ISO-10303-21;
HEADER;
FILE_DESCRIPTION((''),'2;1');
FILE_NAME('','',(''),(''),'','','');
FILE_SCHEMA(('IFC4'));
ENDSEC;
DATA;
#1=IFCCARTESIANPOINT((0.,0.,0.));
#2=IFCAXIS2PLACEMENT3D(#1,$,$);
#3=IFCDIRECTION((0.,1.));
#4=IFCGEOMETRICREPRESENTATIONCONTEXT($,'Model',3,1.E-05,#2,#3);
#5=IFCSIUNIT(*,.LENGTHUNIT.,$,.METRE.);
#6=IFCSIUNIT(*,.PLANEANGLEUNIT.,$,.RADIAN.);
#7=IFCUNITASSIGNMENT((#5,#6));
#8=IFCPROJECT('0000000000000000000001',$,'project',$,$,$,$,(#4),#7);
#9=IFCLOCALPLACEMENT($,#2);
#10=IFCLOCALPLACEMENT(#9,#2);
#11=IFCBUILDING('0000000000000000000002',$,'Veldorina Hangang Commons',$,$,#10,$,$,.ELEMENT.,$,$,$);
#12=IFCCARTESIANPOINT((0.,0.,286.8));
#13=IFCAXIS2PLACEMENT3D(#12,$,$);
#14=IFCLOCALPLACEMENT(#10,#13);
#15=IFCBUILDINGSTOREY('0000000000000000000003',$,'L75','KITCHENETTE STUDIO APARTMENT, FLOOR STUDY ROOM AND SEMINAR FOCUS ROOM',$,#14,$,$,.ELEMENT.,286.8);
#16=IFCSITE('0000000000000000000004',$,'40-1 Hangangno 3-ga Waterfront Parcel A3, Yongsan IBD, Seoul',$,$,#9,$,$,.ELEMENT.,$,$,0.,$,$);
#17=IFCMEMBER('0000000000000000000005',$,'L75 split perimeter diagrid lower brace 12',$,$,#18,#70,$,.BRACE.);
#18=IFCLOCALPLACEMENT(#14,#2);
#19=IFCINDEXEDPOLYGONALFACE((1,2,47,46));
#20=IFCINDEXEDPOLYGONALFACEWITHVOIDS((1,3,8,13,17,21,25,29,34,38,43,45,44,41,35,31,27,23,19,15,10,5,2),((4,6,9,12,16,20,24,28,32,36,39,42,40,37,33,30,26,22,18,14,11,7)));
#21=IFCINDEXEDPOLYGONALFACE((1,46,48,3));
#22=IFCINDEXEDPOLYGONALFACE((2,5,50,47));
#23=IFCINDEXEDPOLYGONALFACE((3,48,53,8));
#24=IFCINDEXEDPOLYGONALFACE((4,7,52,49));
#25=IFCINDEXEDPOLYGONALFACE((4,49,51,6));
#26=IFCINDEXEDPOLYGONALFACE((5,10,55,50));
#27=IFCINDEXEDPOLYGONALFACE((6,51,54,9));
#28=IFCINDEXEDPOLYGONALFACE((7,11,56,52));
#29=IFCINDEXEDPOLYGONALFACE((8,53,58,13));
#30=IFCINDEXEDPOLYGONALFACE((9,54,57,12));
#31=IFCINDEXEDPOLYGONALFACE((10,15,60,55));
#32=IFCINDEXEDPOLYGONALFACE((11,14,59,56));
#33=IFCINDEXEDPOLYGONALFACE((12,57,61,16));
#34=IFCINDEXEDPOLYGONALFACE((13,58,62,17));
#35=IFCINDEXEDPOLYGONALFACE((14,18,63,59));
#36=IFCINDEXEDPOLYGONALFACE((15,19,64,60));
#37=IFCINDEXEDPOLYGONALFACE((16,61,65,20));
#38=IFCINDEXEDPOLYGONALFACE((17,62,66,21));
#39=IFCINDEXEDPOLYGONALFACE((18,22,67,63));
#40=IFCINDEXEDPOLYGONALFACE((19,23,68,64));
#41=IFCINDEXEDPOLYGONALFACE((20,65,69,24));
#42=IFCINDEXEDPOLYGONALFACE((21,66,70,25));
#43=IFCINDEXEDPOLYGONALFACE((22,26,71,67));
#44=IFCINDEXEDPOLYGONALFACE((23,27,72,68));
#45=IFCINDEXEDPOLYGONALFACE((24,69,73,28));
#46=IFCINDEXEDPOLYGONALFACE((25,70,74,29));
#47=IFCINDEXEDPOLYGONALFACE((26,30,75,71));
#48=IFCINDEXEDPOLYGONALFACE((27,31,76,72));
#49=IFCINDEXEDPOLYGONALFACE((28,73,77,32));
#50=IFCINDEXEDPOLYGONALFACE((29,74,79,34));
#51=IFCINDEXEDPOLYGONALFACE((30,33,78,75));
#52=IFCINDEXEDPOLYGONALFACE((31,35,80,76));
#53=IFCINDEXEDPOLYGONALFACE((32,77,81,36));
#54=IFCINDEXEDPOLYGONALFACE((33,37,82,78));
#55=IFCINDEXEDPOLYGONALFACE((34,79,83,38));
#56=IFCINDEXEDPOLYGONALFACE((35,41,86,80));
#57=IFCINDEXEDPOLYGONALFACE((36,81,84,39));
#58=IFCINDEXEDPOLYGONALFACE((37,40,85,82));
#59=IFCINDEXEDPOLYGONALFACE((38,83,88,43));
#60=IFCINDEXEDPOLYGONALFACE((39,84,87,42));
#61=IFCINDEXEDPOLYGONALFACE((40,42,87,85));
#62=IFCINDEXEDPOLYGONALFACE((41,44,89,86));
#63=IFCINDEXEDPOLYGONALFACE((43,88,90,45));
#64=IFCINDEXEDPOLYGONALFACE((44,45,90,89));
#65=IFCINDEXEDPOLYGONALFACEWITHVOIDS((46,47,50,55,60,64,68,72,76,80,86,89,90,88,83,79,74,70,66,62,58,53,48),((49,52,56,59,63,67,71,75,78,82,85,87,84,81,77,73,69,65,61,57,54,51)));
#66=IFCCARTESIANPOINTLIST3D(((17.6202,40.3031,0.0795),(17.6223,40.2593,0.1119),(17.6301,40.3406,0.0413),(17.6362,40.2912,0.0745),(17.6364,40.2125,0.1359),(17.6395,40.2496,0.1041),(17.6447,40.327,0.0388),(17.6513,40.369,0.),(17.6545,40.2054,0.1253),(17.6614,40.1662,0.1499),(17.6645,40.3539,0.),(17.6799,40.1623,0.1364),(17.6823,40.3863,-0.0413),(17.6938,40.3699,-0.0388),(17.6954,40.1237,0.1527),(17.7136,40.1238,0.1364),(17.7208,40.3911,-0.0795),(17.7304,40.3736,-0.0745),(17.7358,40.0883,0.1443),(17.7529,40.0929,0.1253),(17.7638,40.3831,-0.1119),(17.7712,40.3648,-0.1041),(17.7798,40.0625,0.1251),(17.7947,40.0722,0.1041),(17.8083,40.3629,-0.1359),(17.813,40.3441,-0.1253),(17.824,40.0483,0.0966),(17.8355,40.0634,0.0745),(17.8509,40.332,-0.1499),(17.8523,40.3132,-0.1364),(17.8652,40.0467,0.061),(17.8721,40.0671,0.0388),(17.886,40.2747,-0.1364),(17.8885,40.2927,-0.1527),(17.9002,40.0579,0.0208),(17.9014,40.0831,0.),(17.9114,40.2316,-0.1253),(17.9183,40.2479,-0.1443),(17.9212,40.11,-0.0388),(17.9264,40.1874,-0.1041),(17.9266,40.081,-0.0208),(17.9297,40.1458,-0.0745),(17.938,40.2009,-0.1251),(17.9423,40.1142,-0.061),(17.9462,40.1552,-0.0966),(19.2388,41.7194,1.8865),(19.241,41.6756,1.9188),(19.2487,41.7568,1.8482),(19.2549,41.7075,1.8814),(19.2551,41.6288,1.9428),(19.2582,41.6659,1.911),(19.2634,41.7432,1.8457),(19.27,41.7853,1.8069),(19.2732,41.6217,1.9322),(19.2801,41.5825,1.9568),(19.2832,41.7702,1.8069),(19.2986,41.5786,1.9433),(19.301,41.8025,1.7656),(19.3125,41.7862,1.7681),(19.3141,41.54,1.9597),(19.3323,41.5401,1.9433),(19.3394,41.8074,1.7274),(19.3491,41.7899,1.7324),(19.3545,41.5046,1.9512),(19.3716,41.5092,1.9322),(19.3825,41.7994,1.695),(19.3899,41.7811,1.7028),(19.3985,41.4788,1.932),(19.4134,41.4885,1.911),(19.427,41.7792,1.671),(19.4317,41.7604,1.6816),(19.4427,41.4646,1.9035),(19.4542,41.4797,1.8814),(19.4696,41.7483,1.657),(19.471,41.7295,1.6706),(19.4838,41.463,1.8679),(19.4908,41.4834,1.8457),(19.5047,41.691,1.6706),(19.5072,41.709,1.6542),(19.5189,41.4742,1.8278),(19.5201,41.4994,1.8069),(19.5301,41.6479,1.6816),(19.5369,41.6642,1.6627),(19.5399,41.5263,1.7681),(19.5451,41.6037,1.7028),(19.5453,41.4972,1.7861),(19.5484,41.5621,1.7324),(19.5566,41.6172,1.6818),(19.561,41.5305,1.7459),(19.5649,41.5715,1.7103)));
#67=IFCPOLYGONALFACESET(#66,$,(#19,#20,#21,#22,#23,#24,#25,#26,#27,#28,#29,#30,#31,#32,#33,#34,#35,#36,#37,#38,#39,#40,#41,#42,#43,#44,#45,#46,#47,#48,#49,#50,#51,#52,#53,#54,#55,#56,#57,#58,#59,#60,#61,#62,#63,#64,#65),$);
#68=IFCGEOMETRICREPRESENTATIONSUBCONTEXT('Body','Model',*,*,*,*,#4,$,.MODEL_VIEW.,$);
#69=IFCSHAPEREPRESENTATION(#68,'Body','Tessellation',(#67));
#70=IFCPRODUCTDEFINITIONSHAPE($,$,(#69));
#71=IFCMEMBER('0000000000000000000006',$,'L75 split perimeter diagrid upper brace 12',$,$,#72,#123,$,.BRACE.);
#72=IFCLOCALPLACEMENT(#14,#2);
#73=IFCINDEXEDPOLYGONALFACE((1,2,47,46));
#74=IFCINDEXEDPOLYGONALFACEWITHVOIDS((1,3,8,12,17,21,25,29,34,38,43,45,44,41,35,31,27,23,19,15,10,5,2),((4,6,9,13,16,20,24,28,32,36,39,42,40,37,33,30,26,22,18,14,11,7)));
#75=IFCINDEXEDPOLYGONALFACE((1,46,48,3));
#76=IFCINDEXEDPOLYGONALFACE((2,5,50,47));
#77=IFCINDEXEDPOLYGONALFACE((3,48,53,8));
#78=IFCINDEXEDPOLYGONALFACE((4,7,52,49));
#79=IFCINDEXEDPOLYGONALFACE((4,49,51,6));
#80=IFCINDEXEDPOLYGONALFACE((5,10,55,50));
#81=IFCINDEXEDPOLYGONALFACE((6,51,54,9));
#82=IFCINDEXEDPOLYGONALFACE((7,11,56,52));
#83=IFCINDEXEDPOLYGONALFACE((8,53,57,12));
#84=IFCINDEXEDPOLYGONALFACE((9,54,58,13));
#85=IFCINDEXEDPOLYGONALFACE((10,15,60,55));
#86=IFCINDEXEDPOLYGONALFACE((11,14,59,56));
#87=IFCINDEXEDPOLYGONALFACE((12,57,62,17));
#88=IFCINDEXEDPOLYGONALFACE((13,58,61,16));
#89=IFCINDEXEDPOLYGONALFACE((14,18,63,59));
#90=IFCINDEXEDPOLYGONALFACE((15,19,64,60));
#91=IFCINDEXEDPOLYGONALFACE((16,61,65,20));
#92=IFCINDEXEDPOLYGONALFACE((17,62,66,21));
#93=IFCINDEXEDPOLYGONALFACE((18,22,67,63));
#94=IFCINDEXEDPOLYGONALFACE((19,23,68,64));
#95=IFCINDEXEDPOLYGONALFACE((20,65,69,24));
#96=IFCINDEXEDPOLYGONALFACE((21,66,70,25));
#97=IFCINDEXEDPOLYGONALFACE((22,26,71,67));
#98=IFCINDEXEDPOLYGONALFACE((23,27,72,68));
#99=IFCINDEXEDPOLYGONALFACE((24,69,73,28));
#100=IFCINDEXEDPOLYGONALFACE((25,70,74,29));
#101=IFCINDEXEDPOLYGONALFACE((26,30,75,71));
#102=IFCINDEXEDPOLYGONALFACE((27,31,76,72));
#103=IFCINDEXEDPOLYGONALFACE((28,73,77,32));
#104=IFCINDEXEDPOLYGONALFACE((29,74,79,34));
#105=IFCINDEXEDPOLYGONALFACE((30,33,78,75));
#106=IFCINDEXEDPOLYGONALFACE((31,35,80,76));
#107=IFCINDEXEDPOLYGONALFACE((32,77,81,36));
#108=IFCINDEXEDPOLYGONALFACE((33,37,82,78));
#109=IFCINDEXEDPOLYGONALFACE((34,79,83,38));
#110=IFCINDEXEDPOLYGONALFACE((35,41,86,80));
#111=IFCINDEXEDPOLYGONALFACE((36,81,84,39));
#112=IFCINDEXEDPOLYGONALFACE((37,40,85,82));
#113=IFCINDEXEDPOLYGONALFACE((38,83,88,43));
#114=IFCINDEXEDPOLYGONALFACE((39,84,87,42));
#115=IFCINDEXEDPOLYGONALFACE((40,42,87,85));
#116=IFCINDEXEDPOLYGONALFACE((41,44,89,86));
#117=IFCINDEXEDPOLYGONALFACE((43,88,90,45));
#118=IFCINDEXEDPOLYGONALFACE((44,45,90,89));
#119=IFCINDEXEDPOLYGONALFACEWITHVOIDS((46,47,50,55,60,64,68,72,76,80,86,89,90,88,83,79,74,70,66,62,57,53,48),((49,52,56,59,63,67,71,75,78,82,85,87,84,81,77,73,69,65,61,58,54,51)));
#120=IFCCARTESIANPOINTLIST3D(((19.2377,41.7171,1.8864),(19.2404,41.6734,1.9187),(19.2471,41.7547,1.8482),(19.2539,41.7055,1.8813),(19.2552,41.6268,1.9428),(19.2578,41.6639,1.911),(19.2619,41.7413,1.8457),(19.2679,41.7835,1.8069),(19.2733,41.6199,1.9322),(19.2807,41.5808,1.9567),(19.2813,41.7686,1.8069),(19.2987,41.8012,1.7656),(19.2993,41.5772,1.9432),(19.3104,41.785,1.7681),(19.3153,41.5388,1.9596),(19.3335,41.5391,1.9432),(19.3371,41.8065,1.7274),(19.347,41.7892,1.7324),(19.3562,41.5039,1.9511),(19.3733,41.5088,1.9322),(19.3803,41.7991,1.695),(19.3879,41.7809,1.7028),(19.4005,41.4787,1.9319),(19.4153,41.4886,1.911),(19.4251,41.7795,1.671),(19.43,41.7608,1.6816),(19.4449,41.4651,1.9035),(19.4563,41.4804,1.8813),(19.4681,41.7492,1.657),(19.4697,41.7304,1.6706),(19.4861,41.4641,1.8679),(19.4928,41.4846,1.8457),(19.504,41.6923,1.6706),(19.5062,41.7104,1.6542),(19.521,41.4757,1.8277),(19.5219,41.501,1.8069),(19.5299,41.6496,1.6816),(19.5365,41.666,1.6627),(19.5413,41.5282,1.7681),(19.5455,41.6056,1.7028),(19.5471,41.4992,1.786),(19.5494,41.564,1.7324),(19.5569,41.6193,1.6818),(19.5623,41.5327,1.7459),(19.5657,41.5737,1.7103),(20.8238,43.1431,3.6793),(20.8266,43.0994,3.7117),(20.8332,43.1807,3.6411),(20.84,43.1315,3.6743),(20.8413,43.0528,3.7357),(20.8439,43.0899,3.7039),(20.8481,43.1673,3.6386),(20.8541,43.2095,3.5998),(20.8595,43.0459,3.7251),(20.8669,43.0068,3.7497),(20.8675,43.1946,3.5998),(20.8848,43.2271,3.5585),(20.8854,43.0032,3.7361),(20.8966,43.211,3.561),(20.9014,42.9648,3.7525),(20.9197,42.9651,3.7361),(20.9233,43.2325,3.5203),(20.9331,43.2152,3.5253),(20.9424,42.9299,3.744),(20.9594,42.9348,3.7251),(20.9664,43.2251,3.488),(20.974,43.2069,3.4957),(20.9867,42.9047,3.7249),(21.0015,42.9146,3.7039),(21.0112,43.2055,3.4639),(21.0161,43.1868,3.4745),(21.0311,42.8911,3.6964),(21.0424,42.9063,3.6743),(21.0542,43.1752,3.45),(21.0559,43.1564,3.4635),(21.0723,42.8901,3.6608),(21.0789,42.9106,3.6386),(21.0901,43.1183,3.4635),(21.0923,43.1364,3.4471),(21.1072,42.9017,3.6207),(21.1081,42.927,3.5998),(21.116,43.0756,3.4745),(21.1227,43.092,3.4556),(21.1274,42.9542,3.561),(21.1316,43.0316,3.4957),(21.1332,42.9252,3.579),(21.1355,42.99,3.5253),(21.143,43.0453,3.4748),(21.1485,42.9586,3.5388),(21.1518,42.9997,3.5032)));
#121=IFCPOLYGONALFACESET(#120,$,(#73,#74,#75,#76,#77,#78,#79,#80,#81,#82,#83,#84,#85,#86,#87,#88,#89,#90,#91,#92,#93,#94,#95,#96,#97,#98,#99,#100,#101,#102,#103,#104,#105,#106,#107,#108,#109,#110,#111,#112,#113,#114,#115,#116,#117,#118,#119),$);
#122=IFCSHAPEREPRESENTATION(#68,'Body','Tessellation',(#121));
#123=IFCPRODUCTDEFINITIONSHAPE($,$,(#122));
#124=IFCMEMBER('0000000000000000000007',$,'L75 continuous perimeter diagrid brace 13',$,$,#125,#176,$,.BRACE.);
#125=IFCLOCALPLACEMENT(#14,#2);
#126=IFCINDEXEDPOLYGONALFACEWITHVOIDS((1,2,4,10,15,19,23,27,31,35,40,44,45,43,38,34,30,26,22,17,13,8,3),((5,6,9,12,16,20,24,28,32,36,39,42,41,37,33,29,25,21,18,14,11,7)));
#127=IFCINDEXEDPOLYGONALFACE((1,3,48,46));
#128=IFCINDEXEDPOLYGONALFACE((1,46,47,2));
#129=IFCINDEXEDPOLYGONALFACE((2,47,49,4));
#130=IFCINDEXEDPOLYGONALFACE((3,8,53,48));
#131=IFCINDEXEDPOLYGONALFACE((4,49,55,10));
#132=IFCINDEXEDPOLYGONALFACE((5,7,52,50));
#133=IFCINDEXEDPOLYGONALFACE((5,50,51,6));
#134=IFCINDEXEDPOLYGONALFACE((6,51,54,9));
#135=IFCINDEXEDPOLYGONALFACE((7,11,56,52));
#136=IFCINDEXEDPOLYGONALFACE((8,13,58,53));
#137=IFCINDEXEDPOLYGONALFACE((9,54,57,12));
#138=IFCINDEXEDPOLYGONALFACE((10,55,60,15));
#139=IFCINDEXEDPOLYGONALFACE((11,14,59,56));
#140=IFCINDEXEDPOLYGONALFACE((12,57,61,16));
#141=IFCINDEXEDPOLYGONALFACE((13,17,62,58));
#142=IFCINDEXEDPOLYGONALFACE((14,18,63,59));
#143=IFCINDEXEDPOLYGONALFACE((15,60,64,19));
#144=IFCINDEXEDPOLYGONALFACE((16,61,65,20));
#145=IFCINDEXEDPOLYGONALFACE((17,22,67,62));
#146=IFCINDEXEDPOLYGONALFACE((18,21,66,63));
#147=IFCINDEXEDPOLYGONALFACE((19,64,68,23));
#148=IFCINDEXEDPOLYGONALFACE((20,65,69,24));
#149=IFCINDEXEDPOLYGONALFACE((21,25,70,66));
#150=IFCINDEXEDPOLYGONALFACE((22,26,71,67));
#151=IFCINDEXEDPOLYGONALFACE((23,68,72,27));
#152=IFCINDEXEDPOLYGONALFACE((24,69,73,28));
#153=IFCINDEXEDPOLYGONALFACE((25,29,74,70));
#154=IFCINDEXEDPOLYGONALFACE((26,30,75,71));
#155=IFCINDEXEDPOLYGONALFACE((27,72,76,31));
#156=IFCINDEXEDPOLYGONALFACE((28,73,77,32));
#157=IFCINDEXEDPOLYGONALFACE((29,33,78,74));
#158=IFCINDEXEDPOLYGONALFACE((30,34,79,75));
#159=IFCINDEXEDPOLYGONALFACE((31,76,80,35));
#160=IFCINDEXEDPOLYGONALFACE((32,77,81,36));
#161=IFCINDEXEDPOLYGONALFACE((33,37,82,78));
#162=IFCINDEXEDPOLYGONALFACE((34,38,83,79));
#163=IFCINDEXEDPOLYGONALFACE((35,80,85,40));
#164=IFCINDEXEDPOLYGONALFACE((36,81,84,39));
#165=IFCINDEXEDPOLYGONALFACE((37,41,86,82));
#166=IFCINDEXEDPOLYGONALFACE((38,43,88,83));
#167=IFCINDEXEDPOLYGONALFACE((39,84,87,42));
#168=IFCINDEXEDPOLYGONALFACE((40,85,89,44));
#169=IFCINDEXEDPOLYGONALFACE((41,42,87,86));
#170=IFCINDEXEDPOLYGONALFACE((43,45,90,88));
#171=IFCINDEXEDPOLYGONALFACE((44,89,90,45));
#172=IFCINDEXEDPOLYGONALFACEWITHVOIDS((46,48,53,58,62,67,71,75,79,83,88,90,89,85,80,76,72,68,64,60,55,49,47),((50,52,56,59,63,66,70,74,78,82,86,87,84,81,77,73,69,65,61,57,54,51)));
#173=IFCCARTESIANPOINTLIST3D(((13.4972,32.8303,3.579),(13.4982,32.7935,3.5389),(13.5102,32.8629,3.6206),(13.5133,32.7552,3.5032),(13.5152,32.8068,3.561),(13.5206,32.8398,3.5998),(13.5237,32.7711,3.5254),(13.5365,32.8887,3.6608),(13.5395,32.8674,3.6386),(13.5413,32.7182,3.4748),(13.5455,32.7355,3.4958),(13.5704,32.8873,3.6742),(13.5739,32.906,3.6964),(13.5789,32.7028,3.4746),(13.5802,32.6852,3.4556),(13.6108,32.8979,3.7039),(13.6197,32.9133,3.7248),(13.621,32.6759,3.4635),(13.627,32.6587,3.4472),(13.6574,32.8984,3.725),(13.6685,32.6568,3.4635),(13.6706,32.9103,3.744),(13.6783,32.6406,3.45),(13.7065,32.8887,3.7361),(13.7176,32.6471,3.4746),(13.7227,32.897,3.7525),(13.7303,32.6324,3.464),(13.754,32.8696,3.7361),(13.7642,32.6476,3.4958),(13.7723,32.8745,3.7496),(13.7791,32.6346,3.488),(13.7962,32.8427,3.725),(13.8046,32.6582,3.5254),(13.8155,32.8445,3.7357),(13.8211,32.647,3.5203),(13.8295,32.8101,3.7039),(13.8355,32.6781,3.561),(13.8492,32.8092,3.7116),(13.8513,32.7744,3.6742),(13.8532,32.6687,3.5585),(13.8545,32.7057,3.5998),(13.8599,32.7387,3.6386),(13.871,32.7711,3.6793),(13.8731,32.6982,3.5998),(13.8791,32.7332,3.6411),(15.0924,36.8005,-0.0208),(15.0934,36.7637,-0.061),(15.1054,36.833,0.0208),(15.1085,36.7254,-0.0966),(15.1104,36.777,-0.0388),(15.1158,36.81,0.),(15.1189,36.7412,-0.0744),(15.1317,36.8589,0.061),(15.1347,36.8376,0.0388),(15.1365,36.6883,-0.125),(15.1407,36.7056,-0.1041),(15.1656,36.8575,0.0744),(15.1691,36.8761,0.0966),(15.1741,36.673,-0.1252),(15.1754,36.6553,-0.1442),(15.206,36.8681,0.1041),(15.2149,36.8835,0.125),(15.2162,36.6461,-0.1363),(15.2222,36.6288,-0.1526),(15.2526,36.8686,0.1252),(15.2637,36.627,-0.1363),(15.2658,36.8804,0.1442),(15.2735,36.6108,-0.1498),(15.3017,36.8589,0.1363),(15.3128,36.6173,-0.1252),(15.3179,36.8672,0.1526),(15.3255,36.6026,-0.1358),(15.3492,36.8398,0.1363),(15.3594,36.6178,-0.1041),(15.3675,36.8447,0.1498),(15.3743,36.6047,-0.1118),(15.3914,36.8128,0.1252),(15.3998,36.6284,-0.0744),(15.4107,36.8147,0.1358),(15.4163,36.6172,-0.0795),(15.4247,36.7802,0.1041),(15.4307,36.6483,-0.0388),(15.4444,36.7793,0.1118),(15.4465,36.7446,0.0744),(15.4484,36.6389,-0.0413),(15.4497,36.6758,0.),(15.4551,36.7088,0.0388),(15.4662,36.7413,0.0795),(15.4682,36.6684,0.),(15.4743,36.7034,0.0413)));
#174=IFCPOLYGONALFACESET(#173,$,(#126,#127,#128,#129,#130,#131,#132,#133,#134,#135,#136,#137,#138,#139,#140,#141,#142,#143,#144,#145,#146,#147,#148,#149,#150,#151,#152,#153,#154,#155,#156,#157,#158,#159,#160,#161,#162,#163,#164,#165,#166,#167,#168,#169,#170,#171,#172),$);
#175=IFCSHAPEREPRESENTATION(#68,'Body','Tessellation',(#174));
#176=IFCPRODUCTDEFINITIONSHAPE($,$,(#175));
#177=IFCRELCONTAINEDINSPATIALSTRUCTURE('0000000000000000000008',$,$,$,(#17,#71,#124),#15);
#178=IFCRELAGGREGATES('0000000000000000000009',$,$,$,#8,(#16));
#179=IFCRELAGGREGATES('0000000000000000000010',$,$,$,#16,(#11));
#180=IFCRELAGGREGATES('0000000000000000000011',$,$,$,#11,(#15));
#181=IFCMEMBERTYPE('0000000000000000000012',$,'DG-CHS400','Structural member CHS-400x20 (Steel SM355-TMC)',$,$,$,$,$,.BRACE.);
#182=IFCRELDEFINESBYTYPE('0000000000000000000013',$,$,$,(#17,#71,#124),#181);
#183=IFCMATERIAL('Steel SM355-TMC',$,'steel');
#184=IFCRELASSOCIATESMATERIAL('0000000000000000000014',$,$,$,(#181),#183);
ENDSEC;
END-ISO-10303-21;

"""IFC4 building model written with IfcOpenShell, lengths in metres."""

from ifc_helpers import new_model, si_unit, direction, frame, origin, origin_2d, place, context, subcontext, project, spatial, hollow_circle, extrude, material, material_profile, profile_set, type_object, element, save


model = new_model("IFC4")

# Units and contexts
model_context = context("Model", 3, precision=1e-05, world=origin(), true_north=direction((0.0, 1.0)))
body_context = subcontext(model_context, "Body", "Model", "MODEL_VIEW")
ifc_project = project(units=[si_unit("LENGTHUNIT", "METRE"), si_unit("PLANEANGLEUNIT", "RADIAN")], contexts=[model_context])

# Site, building, storey
site_placement = place(None, origin())
site = spatial("IfcSite", under=ifc_project, at=site_placement, Name="40-1 Hangangno 3-ga Waterfront Parcel A3, Yongsan IBD, Seoul", CompositionType="ELEMENT", RefElevation=0.0)
building_placement = place(site_placement, origin())
building = spatial("IfcBuilding", under=site, at=building_placement, Name="Veldorina Hangang Commons", CompositionType="ELEMENT")
storey_placement = place(building_placement, frame((0.0, 0.0, 286.8)))
storey = spatial("IfcBuildingStorey", under=building, at=storey_placement, Name="L75", Description="KITCHENETTE STUDIO APARTMENT, FLOOR STUDY ROOM AND SEMINAR FOCUS ROOM", CompositionType="ELEMENT", Elevation=286.8)

# Shared definitions
ifc_material_1 = material(Name="Steel SM355-TMC", Category="steel")

# Members
ifc_material_profile_1 = material_profile(ifc_material_1, hollow_circle(Radius=0.2, WallThickness=0.02, at=origin_2d()), Name="CHS-400x20")
ifc_profile_set_1 = profile_set([ifc_material_profile_1], Name="Steel SM355-TMC")
member_type_1 = type_object("IfcMemberType", Name="DG-CHS400", Description="Structural member CHS-400x20 (Steel SM355-TMC)", PredefinedType="BRACE", material=ifc_profile_set_1)
member_1_placement = place(storey_placement, frame((17.783, 40.2185, 0.0), z_axis=(0.576231, 0.504181, 0.643241), x_axis=(-0.658489, 0.752591, 0.0)))
element("IfcMember", 1, at=member_1_placement, inside=storey, type_object=member_type_1, Name="L75 split perimeter diagrid lower brace 12", PredefinedType="BRACE", context=body_context, shape_type="SweptSolid", body=[
    extrude(hollow_circle(Radius=0.2, WallThickness=0.02, at=origin_2d()), origin(), (0.0, 0.0, 1.0), 2.8091),
])
member_2_placement = place(storey_placement, frame((19.4016, 41.6348, 1.8069), z_axis=(0.56925, 0.511773, 0.643462), x_axis=(-0.668566, 0.743653, 0.0)))
element("IfcMember", 2, at=member_2_placement, inside=storey, type_object=member_type_1, Name="L75 split perimeter diagrid upper brace 12", PredefinedType="BRACE", context=body_context, shape_type="SweptSolid", body=[
    extrude(hollow_circle(Radius=0.2, WallThickness=0.02, at=origin_2d()), origin(), (0.0, 0.0, 1.0), 2.7864),
])
member_3_placement = place(storey_placement, frame((15.2827, 36.7429, 0.0), z_axis=(-0.285286, -0.710029, 0.643794), x_axis=(0.927901, -0.372827, 0.0)))
element("IfcMember", 3, at=member_3_placement, inside=storey, type_object=member_type_1, Name="L75 continuous perimeter diagrid brace 13", PredefinedType="BRACE", context=body_context, shape_type="SweptSolid", body=[
    extrude(hollow_circle(Radius=0.2, WallThickness=0.02, at=origin_2d()), origin(), (0.0, 0.0, 1.0), 5.5916),
])

save(model, "model.ifc")
